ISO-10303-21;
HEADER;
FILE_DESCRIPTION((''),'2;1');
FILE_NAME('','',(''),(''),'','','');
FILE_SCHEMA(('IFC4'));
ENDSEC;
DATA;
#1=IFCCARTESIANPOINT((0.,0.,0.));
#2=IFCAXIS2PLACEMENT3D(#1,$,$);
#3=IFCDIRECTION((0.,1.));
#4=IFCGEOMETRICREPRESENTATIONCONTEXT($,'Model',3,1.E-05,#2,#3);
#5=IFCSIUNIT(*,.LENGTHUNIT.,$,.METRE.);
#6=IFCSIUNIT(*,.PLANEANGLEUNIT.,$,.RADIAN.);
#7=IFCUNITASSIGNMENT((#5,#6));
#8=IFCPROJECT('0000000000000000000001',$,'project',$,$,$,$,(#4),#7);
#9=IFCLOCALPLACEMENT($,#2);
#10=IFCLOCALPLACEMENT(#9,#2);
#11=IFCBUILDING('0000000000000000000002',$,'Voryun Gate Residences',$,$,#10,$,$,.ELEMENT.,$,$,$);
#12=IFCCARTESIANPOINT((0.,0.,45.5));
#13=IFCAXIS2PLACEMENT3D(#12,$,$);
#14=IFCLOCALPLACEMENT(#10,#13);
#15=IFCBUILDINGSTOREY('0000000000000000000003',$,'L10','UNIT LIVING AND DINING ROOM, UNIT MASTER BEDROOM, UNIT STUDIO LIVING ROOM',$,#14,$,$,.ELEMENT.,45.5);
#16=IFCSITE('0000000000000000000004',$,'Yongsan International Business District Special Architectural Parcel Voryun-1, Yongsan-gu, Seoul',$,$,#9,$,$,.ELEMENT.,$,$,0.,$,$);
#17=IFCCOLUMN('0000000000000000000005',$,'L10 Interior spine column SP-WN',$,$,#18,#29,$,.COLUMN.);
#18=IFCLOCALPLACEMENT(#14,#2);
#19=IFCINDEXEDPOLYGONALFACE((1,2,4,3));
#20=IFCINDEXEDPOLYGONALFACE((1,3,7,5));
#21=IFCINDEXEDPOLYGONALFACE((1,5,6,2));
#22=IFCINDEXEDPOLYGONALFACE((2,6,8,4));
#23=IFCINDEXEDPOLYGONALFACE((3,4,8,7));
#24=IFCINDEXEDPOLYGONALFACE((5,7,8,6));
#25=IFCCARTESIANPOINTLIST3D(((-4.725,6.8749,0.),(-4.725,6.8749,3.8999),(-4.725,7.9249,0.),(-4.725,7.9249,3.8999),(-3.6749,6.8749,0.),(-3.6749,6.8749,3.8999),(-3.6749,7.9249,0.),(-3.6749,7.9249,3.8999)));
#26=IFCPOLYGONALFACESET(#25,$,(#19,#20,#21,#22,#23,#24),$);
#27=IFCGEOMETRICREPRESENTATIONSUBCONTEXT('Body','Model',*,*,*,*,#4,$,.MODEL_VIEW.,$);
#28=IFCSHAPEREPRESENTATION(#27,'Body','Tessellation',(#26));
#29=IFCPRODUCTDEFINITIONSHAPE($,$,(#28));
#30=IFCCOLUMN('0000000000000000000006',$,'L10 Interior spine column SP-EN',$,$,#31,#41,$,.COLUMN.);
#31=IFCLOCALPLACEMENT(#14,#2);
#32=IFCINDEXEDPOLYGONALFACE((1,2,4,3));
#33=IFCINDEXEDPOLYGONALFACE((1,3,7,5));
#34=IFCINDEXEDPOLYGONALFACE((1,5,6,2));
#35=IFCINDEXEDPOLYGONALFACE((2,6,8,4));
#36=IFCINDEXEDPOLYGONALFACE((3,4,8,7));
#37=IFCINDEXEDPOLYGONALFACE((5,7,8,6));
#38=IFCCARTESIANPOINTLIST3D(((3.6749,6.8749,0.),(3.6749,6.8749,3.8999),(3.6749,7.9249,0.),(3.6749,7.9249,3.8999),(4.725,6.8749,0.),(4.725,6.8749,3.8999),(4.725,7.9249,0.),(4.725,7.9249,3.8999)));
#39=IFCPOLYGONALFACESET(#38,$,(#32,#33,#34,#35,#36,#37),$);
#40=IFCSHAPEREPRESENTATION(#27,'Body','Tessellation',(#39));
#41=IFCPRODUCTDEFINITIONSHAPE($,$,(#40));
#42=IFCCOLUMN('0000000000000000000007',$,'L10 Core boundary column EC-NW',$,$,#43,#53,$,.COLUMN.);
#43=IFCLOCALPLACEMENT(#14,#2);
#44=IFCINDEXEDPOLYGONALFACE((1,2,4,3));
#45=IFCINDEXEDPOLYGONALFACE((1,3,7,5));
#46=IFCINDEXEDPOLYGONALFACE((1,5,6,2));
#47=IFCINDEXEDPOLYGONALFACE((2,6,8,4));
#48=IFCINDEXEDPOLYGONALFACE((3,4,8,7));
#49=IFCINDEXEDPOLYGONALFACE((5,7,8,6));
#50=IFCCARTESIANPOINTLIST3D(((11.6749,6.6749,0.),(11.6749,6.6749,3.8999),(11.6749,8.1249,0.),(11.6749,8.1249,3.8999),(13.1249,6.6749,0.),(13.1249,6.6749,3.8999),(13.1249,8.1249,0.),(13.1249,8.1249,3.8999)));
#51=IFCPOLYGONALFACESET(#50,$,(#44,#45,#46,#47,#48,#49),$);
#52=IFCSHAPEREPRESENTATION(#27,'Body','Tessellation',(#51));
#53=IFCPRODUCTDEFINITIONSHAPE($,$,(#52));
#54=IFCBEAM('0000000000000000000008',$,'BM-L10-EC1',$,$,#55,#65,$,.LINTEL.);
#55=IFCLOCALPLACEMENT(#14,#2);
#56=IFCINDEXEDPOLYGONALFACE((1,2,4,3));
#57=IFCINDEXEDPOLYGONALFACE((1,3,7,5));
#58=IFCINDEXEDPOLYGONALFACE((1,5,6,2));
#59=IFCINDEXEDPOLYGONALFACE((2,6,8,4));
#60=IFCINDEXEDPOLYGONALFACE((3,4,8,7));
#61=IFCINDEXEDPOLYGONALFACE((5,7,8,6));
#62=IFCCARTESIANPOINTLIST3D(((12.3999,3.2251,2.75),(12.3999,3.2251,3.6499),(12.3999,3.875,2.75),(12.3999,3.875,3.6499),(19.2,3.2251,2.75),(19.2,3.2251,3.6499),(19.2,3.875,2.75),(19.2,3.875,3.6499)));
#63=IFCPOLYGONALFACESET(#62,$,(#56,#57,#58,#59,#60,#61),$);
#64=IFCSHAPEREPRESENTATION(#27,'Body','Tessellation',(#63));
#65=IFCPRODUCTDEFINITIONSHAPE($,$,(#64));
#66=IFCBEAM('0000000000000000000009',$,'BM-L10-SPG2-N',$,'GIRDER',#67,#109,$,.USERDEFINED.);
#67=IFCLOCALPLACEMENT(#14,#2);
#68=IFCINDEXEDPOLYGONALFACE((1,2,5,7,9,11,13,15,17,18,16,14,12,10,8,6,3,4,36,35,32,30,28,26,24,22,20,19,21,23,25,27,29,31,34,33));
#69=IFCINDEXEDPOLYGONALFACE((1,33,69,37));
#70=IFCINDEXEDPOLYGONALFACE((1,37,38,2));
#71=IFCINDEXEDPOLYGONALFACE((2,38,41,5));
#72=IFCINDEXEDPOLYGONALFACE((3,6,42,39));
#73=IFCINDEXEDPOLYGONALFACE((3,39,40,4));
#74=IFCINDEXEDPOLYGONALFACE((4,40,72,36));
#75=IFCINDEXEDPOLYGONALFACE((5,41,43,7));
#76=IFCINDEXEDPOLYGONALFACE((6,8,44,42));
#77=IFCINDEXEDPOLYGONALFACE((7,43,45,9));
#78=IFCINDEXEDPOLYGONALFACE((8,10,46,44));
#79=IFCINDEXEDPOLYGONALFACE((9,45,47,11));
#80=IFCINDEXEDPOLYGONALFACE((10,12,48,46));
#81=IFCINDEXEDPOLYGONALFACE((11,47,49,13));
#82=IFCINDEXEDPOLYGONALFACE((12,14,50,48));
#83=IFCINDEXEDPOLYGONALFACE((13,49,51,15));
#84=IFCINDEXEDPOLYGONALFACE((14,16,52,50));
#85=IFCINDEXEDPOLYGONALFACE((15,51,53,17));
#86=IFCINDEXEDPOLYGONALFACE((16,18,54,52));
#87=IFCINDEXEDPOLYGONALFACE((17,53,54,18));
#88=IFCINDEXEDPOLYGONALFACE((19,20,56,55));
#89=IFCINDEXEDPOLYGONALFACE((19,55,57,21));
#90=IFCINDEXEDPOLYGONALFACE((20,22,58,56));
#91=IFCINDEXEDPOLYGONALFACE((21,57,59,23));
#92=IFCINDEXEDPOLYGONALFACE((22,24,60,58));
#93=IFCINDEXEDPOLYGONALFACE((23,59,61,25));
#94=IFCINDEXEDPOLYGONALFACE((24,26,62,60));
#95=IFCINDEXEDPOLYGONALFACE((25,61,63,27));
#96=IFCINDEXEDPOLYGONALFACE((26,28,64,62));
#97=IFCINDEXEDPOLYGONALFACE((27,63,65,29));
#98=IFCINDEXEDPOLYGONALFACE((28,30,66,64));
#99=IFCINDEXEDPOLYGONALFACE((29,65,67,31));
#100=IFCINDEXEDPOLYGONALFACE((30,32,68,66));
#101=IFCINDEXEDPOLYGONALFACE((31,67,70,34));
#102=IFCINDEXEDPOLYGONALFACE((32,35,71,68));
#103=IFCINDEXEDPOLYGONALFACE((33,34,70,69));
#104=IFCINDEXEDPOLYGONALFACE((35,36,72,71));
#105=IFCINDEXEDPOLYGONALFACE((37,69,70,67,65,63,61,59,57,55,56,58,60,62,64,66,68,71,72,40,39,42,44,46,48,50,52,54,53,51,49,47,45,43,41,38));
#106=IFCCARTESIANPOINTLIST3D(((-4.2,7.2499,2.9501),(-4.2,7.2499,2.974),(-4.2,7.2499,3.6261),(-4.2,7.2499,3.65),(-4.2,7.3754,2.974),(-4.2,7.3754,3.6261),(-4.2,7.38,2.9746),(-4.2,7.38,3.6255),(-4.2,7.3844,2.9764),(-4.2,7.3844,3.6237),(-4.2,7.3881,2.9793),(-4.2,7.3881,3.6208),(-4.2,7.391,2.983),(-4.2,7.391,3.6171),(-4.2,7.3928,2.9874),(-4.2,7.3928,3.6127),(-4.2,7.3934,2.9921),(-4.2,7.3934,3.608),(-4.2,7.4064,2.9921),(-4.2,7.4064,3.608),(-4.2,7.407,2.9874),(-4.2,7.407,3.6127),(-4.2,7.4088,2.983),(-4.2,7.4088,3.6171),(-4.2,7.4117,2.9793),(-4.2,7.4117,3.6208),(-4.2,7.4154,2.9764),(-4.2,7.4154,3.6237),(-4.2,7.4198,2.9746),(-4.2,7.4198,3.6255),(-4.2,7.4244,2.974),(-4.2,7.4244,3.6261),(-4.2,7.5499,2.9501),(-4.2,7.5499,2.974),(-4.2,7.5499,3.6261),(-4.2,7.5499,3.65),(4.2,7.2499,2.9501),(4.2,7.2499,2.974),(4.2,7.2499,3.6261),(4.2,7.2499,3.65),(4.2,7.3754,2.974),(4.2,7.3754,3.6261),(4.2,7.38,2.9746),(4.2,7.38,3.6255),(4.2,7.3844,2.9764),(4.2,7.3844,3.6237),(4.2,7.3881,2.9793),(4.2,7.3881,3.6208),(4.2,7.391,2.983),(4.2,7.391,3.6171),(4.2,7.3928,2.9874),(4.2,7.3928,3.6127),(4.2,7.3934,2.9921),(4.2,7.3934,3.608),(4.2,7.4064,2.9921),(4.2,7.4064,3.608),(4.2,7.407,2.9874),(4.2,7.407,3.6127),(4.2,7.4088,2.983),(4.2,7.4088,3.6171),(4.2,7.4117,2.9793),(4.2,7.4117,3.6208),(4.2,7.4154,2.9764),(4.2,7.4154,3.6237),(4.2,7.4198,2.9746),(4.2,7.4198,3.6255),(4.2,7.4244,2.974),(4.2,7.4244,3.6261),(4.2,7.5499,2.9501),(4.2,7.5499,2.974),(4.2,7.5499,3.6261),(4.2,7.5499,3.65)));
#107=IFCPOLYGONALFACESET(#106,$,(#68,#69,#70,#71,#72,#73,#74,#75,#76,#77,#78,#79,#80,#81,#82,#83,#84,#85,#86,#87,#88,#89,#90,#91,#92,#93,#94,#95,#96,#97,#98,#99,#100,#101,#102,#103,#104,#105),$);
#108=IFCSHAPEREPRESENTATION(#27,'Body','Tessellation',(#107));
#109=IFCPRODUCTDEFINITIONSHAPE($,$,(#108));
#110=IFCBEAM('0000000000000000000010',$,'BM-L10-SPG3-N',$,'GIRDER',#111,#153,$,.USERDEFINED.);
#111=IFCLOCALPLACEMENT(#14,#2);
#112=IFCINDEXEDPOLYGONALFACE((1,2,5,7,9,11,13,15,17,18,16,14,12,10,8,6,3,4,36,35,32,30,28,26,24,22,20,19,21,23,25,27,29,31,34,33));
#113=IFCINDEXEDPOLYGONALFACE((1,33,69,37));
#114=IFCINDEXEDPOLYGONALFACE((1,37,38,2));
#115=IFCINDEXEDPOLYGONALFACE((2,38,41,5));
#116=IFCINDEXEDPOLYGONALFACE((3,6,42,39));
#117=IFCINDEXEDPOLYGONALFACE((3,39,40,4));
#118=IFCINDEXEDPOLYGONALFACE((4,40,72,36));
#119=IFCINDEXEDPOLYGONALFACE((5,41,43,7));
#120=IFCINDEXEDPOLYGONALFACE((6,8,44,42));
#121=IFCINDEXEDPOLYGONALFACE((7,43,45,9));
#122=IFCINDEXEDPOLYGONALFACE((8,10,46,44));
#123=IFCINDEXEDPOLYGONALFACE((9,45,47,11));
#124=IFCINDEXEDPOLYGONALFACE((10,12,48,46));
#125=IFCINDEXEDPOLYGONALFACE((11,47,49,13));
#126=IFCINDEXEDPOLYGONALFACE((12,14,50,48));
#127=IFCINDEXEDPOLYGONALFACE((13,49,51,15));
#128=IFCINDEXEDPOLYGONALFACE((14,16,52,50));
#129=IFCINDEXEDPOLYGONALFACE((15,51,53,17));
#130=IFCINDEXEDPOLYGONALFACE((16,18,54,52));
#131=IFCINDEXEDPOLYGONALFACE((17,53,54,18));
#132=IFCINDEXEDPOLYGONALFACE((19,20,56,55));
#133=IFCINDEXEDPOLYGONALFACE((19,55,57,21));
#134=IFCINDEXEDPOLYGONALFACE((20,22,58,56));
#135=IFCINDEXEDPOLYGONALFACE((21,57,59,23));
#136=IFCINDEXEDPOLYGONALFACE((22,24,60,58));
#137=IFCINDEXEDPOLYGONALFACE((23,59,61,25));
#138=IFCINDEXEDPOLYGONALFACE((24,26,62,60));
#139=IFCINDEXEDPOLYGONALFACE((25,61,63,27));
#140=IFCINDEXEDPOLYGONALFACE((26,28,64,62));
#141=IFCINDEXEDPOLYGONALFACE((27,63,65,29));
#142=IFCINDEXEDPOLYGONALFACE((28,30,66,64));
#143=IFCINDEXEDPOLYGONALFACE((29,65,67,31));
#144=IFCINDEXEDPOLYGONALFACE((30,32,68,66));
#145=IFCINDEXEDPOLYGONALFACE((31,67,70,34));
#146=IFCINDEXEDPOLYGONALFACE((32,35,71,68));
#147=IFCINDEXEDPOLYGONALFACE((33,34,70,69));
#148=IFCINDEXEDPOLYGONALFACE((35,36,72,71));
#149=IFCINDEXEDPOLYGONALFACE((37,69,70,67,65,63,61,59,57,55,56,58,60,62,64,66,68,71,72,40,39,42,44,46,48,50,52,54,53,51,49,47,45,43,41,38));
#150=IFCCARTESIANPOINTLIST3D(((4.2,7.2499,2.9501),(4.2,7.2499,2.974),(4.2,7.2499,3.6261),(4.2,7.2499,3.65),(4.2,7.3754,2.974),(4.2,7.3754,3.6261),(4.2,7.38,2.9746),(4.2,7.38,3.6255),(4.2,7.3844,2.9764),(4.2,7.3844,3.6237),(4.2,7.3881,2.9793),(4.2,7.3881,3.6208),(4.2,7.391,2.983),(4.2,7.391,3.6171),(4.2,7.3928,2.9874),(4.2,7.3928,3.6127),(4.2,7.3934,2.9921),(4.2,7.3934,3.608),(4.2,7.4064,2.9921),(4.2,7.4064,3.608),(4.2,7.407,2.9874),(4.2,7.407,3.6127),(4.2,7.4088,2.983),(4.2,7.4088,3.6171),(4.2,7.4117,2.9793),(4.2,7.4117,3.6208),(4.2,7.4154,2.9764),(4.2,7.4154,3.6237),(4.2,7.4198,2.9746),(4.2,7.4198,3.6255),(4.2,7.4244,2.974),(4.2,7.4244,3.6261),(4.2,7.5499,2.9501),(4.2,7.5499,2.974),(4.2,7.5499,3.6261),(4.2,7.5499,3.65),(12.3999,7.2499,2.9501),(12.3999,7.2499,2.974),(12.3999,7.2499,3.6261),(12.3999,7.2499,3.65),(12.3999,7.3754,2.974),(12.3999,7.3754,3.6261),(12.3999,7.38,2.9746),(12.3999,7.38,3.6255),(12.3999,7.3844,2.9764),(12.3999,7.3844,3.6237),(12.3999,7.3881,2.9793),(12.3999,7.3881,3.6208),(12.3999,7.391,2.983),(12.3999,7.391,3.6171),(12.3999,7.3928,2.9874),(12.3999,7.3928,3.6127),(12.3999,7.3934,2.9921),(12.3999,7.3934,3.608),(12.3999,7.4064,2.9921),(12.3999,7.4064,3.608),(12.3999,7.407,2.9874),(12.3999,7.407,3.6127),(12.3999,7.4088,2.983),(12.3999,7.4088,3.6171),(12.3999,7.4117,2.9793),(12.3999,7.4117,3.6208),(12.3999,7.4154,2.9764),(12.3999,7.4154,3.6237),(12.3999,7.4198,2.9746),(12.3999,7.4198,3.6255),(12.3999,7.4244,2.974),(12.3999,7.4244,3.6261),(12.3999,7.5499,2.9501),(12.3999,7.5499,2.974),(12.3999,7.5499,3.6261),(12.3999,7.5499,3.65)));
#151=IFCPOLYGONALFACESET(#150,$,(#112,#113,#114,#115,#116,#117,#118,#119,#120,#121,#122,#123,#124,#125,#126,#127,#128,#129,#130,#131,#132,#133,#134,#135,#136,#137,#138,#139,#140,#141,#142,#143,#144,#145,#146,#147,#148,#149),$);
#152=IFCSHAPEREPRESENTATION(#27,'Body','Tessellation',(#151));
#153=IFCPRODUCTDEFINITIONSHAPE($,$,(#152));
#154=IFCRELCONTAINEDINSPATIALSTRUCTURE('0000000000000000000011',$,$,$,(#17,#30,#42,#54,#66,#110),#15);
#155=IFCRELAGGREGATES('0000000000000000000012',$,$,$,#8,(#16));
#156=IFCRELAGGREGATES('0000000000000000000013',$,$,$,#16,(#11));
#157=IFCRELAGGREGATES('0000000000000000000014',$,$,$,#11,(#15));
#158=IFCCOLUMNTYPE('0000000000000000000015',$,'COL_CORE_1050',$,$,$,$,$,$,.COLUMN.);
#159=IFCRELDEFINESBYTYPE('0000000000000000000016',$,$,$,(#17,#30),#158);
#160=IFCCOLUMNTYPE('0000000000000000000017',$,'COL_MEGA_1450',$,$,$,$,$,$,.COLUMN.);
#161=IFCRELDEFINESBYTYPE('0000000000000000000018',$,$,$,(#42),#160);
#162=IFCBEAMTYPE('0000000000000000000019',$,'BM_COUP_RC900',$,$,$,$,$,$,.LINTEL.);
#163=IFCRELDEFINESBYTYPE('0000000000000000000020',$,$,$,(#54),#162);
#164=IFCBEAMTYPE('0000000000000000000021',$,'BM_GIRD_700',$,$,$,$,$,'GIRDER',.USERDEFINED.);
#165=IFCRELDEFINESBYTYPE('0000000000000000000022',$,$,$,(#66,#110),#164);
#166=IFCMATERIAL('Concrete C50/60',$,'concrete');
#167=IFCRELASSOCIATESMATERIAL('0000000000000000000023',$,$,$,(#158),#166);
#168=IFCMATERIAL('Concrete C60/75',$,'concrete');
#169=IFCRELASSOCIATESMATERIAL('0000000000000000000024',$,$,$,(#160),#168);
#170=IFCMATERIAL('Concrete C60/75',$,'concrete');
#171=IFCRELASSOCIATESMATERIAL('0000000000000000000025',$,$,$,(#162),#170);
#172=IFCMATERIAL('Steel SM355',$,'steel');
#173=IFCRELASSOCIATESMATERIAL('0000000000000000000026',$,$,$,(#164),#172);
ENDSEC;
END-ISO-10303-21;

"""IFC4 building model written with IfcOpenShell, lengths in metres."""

from ifc_helpers import new_model, si_unit, direction, frame, origin, origin_2d, place, context, subcontext, project, spatial, rectangle, i_section, extrude, material, material_profile, profile_set, type_object, element, save


model = new_model("IFC4")

# Units and contexts
model_context = context("Model", 3, precision=1e-05, world=origin(), true_north=direction((0.0, 1.0)))
body_context = subcontext(model_context, "Body", "Model", "MODEL_VIEW")
ifc_project = project(units=[si_unit("LENGTHUNIT", "METRE"), si_unit("PLANEANGLEUNIT", "RADIAN")], contexts=[model_context])

# Site, building, storey
site_placement = place(None, origin())
site = spatial("IfcSite", under=ifc_project, at=site_placement, Name="Yongsan International Business District Special Architectural Parcel Voryun-1, Yongsan-gu, Seoul", CompositionType="ELEMENT", RefElevation=0.0)
building_placement = place(site_placement, origin())
building = spatial("IfcBuilding", under=site, at=building_placement, Name="Voryun Gate Residences", CompositionType="ELEMENT")
storey_placement = place(building_placement, frame((0.0, 0.0, 45.5)))
storey = spatial("IfcBuildingStorey", under=building, at=storey_placement, Name="L10", Description="UNIT LIVING AND DINING ROOM, UNIT MASTER BEDROOM, UNIT STUDIO LIVING ROOM", CompositionType="ELEMENT", Elevation=45.5)

# Columns
ifc_material_1 = material(Name="Concrete C50/60", Category="concrete")
ifc_material_profile_1 = material_profile(ifc_material_1, rectangle(XDim=1.05, YDim=1.05, at=origin_2d()), Name="RC-1050x1050")
ifc_profile_set_1 = profile_set([ifc_material_profile_1], Name="Concrete C50/60")
column_type_1 = type_object("IfcColumnType", Name="COL_CORE_1050", PredefinedType="COLUMN", material=ifc_profile_set_1)
for number, where, z_axis, x_axis, name in (
    (1, (-4.2, 7.3999, 0.0), (0.0, 0.0, 1.0), (1.0, 0.0, 0.0), "L10 Interior spine column SP-WN"),
    (2, (4.2, 7.3999, 0.0), (0.0, 0.0, 1.0), (1.0, 0.0, 0.0), "L10 Interior spine column SP-EN"),
):
    element("IfcColumn", number, at=place(storey_placement, frame(where, z_axis=z_axis, x_axis=x_axis)), inside=storey, type_object=column_type_1, Name=name, PredefinedType="COLUMN", context=body_context, shape_type="SweptSolid", body=[
        extrude(rectangle(XDim=1.05, YDim=1.05, at=origin_2d()), origin(), (0.0, 0.0, 1.0), 3.8999),
    ])
ifc_material_2 = material(Name="Concrete C60/75", Category="concrete")
ifc_material_profile_2 = material_profile(ifc_material_2, rectangle(XDim=1.45, YDim=1.45, at=origin_2d()), Name="RC-1450x1450")
ifc_profile_set_2 = profile_set([ifc_material_profile_2], Name="Concrete C60/75")
column_type_2 = type_object("IfcColumnType", Name="COL_MEGA_1450", PredefinedType="COLUMN", material=ifc_profile_set_2)
column_placement = place(storey_placement, frame((12.3999, 7.3999, 0.0), z_axis=(0.0, 0.0, 1.0), x_axis=(1.0, 0.0, 0.0)))
element("IfcColumn", 3, at=column_placement, inside=storey, type_object=column_type_2, Name="L10 Core boundary column EC-NW", PredefinedType="COLUMN", context=body_context, shape_type="SweptSolid", body=[
    extrude(rectangle(XDim=1.45, YDim=1.45, at=origin_2d()), origin(), (0.0, 0.0, 1.0), 3.8999),
])

# Beams
ifc_material_3 = material(Name="Concrete C60/75", Category="concrete")
ifc_material_profile_3 = material_profile(ifc_material_3, rectangle(XDim=0.6499, YDim=0.8999, at=origin_2d()), Name="RC-650x900")
ifc_profile_set_3 = profile_set([ifc_material_profile_3], Name="Concrete C60/75")
beam_type_1 = type_object("IfcBeamType", Name="BM_COUP_RC900", PredefinedType="LINTEL", material=ifc_profile_set_3)
beam_1_placement = place(storey_placement, frame((12.3999, 3.55, 3.2), z_axis=(1.0, 0.0, 0.0), x_axis=(0.0, 1.0, 0.0)))
element("IfcBeam", 4, at=beam_1_placement, inside=storey, type_object=beam_type_1, Name="BM-L10-EC1", PredefinedType="LINTEL", context=body_context, shape_type="SweptSolid", body=[
    extrude(rectangle(XDim=0.6499, YDim=0.8999, at=origin_2d()), origin(), (0.0, 0.0, 1.0), 6.8),
])
ifc_material_4 = material(Name="Steel SM355", Category="steel")
ifc_material_profile_4 = material_profile(ifc_material_4, i_section(OverallWidth=0.3, OverallDepth=0.7, WebThickness=0.0129, FlangeThickness=0.0239, FilletRadius=0.0181, at=origin_2d()), Name="H-700x300x13x24")
ifc_profile_set_4 = profile_set([ifc_material_profile_4], Name="Steel SM355")
beam_type_2 = type_object("IfcBeamType", Name="BM_GIRD_700", ElementType="GIRDER", PredefinedType="USERDEFINED", material=ifc_profile_set_4)
beam_2_placement = place(storey_placement, frame((-4.2, 7.3999, 3.3), z_axis=(1.0, 0.0, 0.0), x_axis=(0.0, 1.0, 0.0)))
element("IfcBeam", 5, at=beam_2_placement, inside=storey, type_object=beam_type_2, Name="BM-L10-SPG2-N", ObjectType="GIRDER", PredefinedType="USERDEFINED", context=body_context, shape_type="SweptSolid", body=[
    extrude(i_section(OverallWidth=0.3, OverallDepth=0.7, WebThickness=0.0129, FlangeThickness=0.0239, FilletRadius=0.0181, at=origin_2d()), origin(), (0.0, 0.0, 1.0), 8.3999),
])
beam_3_placement = place(storey_placement, frame((4.2, 7.3999, 3.3), z_axis=(1.0, 0.0, 0.0), x_axis=(0.0, 1.0, 0.0)))
element("IfcBeam", 6, at=beam_3_placement, inside=storey, type_object=beam_type_2, Name="BM-L10-SPG3-N", ObjectType="GIRDER", PredefinedType="USERDEFINED", context=body_context, shape_type="SweptSolid", body=[
    extrude(i_section(OverallWidth=0.3, OverallDepth=0.7, WebThickness=0.0129, FlangeThickness=0.0239, FilletRadius=0.0181, at=origin_2d()), origin(), (0.0, 0.0, 1.0), 8.2),
])

save(model, "model.ifc")
